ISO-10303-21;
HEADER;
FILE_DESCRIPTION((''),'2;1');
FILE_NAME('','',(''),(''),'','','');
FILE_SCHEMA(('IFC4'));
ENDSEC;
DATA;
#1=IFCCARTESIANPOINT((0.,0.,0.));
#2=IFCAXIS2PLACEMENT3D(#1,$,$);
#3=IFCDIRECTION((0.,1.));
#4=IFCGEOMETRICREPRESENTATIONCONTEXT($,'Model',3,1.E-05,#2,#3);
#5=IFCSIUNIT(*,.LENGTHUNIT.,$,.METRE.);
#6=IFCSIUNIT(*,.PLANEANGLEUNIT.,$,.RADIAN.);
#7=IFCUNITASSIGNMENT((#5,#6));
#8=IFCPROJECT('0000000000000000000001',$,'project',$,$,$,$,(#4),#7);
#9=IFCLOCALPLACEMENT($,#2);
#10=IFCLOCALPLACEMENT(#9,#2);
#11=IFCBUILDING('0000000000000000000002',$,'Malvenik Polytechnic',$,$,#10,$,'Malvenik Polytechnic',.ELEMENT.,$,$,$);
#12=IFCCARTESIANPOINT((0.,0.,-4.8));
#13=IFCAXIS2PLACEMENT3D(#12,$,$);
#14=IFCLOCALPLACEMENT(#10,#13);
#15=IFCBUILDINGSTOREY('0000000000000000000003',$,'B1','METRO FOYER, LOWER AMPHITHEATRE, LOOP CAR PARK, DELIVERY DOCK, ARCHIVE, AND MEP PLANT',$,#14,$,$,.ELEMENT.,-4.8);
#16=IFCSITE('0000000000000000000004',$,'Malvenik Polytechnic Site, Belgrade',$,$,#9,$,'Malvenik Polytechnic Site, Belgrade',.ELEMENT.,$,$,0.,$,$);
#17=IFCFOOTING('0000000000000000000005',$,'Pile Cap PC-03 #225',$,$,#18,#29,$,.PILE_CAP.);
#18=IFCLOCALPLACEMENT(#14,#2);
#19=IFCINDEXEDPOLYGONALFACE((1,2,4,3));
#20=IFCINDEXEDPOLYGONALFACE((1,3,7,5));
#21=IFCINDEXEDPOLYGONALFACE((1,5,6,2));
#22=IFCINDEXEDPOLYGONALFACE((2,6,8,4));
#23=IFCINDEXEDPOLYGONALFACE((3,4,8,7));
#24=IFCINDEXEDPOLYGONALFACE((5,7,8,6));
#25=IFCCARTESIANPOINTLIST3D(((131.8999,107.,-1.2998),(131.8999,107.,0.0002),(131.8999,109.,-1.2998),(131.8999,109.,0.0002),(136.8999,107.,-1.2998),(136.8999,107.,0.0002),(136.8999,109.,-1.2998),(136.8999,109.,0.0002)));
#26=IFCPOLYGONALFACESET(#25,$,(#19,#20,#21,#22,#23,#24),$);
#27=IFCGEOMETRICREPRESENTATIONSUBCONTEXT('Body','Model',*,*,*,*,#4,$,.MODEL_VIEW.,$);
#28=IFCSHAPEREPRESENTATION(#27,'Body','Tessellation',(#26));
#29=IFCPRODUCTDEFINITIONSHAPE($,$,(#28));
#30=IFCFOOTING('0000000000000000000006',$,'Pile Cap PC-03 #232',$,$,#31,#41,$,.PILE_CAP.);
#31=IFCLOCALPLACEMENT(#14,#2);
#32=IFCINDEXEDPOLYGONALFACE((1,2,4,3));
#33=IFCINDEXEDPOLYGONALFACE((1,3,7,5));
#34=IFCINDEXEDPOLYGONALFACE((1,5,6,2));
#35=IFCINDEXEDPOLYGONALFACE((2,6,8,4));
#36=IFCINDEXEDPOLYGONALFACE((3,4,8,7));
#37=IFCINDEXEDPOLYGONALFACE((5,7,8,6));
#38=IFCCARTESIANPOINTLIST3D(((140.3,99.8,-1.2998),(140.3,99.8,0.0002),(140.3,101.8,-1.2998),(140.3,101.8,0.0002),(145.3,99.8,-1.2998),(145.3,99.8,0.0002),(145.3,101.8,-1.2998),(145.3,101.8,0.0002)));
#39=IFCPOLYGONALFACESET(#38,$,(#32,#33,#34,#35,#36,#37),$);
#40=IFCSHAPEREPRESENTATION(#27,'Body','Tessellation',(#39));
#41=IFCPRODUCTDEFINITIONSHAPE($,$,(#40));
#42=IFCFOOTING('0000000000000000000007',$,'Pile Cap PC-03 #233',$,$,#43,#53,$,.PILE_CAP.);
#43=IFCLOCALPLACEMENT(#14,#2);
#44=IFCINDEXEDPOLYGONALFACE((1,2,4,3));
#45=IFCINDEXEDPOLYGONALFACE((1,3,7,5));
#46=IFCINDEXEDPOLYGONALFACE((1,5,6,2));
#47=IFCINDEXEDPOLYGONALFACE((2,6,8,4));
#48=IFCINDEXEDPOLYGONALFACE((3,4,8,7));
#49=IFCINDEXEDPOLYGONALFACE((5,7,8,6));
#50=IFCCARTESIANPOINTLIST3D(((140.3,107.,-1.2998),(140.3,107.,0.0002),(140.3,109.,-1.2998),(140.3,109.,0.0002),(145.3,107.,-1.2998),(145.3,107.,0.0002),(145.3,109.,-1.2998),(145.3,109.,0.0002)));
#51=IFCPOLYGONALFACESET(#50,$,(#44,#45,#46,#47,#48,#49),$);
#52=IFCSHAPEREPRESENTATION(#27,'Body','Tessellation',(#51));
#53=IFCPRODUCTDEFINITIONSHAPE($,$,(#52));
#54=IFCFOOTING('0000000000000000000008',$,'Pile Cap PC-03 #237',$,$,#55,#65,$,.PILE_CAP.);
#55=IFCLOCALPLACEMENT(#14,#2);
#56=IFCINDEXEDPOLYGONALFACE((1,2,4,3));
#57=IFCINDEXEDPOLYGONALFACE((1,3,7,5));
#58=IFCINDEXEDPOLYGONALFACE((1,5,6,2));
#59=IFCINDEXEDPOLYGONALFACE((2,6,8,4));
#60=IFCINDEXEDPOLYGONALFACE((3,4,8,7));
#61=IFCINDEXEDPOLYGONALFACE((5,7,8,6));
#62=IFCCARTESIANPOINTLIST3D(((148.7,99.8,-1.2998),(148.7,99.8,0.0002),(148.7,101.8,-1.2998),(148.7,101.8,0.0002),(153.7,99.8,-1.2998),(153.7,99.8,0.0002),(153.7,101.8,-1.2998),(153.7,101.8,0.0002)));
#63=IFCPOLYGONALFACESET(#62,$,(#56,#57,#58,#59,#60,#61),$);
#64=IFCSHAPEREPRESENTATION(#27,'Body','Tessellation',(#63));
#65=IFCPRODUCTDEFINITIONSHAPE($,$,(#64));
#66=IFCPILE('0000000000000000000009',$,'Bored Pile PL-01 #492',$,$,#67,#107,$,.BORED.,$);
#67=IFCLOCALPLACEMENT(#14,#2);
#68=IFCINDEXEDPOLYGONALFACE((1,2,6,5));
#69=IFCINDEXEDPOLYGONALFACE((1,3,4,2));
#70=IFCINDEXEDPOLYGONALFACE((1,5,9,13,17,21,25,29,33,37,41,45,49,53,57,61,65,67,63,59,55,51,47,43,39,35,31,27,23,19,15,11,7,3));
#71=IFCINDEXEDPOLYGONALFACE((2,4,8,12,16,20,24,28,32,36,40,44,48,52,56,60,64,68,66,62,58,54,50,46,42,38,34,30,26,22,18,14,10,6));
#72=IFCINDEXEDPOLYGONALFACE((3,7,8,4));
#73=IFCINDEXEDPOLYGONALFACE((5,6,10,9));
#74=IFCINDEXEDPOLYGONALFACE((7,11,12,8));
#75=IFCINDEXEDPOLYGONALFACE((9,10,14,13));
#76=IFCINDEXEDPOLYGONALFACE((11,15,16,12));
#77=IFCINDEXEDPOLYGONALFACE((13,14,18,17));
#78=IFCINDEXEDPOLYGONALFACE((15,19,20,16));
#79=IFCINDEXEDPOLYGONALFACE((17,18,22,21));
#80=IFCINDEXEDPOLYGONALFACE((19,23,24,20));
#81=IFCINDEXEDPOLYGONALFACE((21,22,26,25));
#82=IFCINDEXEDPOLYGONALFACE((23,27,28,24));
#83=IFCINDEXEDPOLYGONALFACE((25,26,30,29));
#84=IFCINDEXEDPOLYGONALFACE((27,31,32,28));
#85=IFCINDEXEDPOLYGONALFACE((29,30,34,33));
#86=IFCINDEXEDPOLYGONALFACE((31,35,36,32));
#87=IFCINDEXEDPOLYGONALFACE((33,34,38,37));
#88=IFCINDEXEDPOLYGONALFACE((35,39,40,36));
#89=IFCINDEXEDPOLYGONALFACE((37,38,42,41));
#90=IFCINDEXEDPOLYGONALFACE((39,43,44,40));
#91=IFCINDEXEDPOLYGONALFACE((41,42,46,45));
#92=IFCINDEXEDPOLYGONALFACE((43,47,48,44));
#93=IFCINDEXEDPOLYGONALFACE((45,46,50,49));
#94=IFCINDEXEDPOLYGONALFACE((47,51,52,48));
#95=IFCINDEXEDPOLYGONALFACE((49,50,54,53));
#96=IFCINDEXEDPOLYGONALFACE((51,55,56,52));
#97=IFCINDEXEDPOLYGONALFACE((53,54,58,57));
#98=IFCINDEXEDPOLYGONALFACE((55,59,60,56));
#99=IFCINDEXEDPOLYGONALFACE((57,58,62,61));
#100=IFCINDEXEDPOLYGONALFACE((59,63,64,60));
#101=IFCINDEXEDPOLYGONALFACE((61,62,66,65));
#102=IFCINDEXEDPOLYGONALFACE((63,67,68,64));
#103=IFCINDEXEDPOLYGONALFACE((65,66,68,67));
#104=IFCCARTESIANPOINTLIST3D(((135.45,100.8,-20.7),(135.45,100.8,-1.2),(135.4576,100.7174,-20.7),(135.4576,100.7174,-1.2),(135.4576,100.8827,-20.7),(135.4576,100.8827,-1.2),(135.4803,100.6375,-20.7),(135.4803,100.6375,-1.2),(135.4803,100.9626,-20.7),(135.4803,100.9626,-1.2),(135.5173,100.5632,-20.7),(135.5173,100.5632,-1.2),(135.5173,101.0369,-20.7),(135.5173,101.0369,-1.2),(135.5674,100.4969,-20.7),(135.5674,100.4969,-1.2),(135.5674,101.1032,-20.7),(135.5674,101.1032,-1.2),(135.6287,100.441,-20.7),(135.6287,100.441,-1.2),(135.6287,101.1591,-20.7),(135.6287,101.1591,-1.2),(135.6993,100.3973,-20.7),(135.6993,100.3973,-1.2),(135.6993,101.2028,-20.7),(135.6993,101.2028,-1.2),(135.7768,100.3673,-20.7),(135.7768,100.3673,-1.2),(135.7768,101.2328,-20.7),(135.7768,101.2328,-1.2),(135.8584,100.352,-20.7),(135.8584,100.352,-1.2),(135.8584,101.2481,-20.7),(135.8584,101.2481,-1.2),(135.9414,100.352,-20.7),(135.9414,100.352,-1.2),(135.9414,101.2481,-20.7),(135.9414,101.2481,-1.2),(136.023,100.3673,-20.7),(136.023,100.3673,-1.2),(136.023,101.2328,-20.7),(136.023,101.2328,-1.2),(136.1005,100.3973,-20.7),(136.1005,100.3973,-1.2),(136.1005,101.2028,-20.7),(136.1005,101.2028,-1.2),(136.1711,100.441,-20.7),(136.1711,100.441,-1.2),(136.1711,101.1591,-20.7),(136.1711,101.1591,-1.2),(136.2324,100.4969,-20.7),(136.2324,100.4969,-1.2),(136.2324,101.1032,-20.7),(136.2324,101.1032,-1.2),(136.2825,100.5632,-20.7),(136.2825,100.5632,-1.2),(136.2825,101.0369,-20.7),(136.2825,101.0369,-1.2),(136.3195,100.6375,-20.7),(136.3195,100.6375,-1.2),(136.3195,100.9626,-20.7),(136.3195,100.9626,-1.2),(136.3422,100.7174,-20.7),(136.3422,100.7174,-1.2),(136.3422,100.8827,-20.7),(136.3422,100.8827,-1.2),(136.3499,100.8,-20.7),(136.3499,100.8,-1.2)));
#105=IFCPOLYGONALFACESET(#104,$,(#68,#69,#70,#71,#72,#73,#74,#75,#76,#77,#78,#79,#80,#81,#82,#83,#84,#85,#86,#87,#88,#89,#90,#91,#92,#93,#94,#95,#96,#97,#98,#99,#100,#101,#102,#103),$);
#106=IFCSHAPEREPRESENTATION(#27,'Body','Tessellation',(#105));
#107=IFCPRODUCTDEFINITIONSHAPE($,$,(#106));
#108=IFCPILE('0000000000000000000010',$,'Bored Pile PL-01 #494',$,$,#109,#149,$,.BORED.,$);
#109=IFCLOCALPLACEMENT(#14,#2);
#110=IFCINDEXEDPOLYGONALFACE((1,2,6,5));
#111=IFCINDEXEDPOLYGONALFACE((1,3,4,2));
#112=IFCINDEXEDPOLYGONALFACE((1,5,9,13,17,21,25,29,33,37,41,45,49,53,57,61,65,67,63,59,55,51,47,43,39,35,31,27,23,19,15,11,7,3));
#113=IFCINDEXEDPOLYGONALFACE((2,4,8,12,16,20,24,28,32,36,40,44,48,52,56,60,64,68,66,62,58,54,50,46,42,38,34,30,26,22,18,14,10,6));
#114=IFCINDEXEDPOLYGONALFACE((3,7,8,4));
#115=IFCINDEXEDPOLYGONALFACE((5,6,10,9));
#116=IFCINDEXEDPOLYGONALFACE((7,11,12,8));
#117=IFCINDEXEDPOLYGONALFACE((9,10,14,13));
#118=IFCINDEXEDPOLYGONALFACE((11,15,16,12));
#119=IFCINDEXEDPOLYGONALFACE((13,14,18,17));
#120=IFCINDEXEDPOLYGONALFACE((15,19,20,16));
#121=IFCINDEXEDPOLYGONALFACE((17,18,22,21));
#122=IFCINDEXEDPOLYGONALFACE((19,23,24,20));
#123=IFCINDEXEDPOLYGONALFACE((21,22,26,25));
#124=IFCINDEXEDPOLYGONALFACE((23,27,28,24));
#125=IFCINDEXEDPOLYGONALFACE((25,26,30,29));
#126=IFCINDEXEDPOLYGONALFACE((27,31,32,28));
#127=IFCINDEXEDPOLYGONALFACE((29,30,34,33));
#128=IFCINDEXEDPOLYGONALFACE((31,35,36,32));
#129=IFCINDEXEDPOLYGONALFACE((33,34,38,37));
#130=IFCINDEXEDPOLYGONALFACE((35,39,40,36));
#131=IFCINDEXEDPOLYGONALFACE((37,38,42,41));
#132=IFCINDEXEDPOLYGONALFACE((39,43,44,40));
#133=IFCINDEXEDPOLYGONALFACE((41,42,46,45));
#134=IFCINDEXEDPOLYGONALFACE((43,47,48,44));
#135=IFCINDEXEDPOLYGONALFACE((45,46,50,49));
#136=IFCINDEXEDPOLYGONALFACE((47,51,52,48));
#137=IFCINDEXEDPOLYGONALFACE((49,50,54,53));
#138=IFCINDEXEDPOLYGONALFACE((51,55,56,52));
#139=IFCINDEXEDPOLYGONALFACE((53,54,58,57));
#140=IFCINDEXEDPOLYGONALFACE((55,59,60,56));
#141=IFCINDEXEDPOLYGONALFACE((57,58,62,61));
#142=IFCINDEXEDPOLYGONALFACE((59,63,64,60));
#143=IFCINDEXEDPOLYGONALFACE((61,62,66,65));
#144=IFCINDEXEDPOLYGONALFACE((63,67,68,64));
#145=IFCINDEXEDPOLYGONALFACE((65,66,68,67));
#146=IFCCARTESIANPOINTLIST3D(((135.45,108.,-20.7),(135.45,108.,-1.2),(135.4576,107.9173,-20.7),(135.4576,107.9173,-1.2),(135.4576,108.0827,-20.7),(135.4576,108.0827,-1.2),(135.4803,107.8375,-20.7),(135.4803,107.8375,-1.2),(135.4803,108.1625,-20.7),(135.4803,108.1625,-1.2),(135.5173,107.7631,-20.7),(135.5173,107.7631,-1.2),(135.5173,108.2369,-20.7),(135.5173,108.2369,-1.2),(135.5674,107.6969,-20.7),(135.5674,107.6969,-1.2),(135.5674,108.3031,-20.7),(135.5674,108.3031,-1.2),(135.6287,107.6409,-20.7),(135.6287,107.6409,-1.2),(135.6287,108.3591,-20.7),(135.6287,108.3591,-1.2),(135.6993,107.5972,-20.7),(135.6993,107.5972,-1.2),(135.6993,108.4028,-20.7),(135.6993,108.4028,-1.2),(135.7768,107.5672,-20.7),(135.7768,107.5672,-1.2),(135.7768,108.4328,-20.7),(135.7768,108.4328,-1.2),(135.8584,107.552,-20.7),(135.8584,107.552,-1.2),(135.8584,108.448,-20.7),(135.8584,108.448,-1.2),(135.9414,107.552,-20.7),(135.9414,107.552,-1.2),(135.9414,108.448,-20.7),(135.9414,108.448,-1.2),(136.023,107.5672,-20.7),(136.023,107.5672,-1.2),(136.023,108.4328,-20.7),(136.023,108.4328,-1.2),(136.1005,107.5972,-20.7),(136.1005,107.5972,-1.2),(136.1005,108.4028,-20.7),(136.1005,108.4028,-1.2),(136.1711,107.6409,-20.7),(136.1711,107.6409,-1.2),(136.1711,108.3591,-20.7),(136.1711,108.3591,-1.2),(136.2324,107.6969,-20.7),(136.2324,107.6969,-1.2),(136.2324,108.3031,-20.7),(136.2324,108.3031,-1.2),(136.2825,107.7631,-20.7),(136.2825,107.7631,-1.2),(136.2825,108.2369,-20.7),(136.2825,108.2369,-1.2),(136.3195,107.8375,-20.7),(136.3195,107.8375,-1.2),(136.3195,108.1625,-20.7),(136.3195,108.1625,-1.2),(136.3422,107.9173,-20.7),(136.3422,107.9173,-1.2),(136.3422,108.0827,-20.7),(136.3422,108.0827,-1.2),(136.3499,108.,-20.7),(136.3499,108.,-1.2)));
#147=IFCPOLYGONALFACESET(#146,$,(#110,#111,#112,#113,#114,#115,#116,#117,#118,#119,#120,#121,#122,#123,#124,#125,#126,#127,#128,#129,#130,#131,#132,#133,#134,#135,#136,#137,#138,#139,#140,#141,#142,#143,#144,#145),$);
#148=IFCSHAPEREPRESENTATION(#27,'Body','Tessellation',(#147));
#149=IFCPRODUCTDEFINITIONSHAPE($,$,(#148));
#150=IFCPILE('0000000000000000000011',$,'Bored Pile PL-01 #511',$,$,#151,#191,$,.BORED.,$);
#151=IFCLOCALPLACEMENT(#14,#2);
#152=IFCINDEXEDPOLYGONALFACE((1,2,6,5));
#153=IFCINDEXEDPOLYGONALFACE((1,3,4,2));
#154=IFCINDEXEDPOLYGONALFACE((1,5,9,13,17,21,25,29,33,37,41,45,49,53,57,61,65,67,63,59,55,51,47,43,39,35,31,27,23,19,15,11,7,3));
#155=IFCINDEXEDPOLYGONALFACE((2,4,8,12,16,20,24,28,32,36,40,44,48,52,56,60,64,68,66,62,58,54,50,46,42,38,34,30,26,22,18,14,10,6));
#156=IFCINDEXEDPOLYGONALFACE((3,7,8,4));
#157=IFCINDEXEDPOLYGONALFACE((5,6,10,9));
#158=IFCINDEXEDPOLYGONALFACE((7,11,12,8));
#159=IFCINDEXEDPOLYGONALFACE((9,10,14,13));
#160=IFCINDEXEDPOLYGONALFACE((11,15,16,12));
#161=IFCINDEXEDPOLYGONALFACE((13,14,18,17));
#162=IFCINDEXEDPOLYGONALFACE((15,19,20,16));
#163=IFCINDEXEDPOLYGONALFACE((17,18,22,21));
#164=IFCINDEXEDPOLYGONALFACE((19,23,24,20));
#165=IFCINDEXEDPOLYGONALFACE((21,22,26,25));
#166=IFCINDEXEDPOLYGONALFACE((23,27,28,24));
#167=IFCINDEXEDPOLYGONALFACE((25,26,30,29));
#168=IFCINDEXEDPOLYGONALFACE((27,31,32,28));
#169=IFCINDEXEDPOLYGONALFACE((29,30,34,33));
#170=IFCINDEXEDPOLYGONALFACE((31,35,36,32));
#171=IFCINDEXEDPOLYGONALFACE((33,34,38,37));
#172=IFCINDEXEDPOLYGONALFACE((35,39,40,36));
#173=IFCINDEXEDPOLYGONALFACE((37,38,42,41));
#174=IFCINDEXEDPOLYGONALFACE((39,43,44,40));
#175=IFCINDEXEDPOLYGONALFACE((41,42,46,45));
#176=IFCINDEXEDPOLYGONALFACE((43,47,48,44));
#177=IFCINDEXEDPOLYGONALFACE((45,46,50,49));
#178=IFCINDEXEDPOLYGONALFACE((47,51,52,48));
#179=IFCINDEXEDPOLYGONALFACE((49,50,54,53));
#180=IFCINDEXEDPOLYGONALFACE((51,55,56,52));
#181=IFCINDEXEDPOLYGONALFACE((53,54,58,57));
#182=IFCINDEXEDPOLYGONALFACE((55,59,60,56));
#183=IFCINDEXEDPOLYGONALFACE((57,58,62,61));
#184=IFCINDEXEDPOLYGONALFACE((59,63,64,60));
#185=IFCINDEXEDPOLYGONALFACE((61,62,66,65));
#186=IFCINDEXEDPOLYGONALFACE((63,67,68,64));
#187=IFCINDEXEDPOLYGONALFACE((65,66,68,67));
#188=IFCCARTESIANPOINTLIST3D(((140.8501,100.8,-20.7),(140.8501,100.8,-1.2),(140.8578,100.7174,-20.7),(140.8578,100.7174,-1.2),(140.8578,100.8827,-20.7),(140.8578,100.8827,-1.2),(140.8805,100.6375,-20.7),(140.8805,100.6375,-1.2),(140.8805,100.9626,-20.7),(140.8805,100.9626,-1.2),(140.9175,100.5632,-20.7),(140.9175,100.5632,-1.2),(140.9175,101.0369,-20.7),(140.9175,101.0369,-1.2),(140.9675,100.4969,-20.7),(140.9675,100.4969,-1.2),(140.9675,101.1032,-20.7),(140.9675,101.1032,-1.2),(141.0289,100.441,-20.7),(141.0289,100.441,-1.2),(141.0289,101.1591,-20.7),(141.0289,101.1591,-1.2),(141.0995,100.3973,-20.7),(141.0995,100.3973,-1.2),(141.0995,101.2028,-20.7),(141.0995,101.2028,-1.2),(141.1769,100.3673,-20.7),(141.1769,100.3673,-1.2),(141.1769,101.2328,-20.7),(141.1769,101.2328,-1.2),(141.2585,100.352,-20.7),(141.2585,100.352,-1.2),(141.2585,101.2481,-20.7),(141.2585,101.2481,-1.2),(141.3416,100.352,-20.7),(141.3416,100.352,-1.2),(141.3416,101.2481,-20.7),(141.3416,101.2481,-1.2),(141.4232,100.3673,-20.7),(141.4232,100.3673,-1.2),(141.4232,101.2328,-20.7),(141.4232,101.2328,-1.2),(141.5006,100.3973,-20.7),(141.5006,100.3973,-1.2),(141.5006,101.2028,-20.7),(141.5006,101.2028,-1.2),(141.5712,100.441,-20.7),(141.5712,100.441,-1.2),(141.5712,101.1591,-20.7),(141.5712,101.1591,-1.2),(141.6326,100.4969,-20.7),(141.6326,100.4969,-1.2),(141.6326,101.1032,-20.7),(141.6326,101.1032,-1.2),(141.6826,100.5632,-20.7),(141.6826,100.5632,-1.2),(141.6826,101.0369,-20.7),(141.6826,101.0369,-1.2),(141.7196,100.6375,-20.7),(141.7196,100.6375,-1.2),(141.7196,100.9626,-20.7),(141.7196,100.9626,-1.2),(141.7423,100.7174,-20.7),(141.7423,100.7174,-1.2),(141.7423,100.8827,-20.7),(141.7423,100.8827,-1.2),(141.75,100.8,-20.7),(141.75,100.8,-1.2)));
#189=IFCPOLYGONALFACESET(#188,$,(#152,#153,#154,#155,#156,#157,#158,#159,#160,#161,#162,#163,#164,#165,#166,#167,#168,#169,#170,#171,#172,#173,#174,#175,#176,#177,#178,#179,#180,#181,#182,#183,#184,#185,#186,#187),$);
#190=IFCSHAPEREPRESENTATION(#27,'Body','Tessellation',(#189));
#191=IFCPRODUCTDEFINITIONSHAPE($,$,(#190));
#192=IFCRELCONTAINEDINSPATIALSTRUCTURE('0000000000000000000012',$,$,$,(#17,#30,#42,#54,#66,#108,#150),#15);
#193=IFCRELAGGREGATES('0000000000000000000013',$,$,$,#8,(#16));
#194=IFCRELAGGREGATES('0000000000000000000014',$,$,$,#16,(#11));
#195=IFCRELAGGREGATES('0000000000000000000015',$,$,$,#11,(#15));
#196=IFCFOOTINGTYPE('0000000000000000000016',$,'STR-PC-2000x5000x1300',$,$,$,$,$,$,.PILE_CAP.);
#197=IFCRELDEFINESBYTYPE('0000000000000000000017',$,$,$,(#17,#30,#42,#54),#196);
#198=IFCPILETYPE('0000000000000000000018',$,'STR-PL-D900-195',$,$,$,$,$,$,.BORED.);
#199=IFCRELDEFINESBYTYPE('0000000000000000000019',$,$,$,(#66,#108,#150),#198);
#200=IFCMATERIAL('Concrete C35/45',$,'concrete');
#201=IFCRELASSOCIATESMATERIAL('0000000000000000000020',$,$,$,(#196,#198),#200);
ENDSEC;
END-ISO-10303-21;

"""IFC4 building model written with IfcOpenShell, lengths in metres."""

from ifc_helpers import new_model, si_unit, direction, frame, origin, origin_2d, place, context, subcontext, project, spatial, rectangle, circle, extrude, material, material_profile, profile_set, type_object, element, save


model = new_model("IFC4")

# Units and contexts
model_context = context("Model", 3, precision=1e-05, world=origin(), true_north=direction((0.0, 1.0)))
body_context = subcontext(model_context, "Body", "Model", "MODEL_VIEW")
ifc_project = project(units=[si_unit("LENGTHUNIT", "METRE"), si_unit("PLANEANGLEUNIT", "RADIAN")], contexts=[model_context])

# Site, building, storey
site_placement = place(None, origin())
site = spatial("IfcSite", under=ifc_project, at=site_placement, Name="Malvenik Polytechnic Site, Belgrade", LongName="Malvenik Polytechnic Site, Belgrade", CompositionType="ELEMENT", RefElevation=0.0)
building_placement = place(site_placement, origin())
building = spatial("IfcBuilding", under=site, at=building_placement, Name="Malvenik Polytechnic", LongName="Malvenik Polytechnic", CompositionType="ELEMENT")
storey_placement = place(building_placement, frame((0.0, 0.0, -4.8)))
storey = spatial("IfcBuildingStorey", under=building, at=storey_placement, Name="B1", Description="METRO FOYER, LOWER AMPHITHEATRE, LOOP CAR PARK, DELIVERY DOCK, ARCHIVE, AND MEP PLANT", CompositionType="ELEMENT", Elevation=-4.8)

# Footings
ifc_material_1 = material(Name="Concrete C35/45", Category="concrete")
footing_type = type_object("IfcFootingType", Name="STR-PC-2000x5000x1300", PredefinedType="PILE_CAP", material=ifc_material_1)
for number, where, z_axis, x_axis, name in (
    (1, (134.3999, 108.0, -1.2998), (0.0, 0.0, 1.0), (1.0, 0.0, 0.0), "Pile Cap PC-03 #225"),
    (2, (142.8, 100.8, -1.2998), (0.0, 0.0, 1.0), (1.0, 0.0, 0.0), "Pile Cap PC-03 #232"),
    (3, (142.8, 108.0, -1.2998), (0.0, 0.0, 1.0), (1.0, 0.0, 0.0), "Pile Cap PC-03 #233"),
    (4, (151.2, 100.8, -1.2998), (0.0, 0.0, 1.0), (1.0, 0.0, 0.0), "Pile Cap PC-03 #237"),
):
    element("IfcFooting", number, at=place(storey_placement, frame(where, z_axis=z_axis, x_axis=x_axis)), inside=storey, type_object=footing_type, Name=name, PredefinedType="PILE_CAP", context=body_context, shape_type="SweptSolid", body=[
        extrude(rectangle(XDim=5.0, YDim=2.0, at=origin_2d()), origin(), (0.0, 0.0, 1.0), 1.3),
    ])

# Piles
ifc_material_profile_1 = material_profile(ifc_material_1, circle(Radius=0.45, at=origin_2d()), Name="BORED PILE D900")
ifc_profile_set_1 = profile_set([ifc_material_profile_1], Name="Concrete C35/45")
pile_type = type_object("IfcPileType", Name="STR-PL-D900-195", PredefinedType="BORED", material=ifc_profile_set_1)
for number, where, z_axis, x_axis, name in (
    (5, (135.8999, 100.8, -1.2), (0.0, 0.0, -1.0), (1.0, 0.0, 0.0), "Bored Pile PL-01 #492"),
    (6, (135.8999, 108.0, -1.2), (0.0, 0.0, -1.0), (1.0, 0.0, 0.0), "Bored Pile PL-01 #494"),
    (7, (141.3, 100.8, -1.2), (0.0, 0.0, -1.0), (1.0, 0.0, 0.0), "Bored Pile PL-01 #511"),
):
    element("IfcPile", number, at=place(storey_placement, frame(where, z_axis=z_axis, x_axis=x_axis)), inside=storey, type_object=pile_type, Name=name, PredefinedType="BORED", context=body_context, shape_type="SweptSolid", body=[
        extrude(circle(Radius=0.45, at=origin_2d()), origin(), (0.0, 0.0, 1.0), 19.5),
    ])

save(model, "model.ifc")
